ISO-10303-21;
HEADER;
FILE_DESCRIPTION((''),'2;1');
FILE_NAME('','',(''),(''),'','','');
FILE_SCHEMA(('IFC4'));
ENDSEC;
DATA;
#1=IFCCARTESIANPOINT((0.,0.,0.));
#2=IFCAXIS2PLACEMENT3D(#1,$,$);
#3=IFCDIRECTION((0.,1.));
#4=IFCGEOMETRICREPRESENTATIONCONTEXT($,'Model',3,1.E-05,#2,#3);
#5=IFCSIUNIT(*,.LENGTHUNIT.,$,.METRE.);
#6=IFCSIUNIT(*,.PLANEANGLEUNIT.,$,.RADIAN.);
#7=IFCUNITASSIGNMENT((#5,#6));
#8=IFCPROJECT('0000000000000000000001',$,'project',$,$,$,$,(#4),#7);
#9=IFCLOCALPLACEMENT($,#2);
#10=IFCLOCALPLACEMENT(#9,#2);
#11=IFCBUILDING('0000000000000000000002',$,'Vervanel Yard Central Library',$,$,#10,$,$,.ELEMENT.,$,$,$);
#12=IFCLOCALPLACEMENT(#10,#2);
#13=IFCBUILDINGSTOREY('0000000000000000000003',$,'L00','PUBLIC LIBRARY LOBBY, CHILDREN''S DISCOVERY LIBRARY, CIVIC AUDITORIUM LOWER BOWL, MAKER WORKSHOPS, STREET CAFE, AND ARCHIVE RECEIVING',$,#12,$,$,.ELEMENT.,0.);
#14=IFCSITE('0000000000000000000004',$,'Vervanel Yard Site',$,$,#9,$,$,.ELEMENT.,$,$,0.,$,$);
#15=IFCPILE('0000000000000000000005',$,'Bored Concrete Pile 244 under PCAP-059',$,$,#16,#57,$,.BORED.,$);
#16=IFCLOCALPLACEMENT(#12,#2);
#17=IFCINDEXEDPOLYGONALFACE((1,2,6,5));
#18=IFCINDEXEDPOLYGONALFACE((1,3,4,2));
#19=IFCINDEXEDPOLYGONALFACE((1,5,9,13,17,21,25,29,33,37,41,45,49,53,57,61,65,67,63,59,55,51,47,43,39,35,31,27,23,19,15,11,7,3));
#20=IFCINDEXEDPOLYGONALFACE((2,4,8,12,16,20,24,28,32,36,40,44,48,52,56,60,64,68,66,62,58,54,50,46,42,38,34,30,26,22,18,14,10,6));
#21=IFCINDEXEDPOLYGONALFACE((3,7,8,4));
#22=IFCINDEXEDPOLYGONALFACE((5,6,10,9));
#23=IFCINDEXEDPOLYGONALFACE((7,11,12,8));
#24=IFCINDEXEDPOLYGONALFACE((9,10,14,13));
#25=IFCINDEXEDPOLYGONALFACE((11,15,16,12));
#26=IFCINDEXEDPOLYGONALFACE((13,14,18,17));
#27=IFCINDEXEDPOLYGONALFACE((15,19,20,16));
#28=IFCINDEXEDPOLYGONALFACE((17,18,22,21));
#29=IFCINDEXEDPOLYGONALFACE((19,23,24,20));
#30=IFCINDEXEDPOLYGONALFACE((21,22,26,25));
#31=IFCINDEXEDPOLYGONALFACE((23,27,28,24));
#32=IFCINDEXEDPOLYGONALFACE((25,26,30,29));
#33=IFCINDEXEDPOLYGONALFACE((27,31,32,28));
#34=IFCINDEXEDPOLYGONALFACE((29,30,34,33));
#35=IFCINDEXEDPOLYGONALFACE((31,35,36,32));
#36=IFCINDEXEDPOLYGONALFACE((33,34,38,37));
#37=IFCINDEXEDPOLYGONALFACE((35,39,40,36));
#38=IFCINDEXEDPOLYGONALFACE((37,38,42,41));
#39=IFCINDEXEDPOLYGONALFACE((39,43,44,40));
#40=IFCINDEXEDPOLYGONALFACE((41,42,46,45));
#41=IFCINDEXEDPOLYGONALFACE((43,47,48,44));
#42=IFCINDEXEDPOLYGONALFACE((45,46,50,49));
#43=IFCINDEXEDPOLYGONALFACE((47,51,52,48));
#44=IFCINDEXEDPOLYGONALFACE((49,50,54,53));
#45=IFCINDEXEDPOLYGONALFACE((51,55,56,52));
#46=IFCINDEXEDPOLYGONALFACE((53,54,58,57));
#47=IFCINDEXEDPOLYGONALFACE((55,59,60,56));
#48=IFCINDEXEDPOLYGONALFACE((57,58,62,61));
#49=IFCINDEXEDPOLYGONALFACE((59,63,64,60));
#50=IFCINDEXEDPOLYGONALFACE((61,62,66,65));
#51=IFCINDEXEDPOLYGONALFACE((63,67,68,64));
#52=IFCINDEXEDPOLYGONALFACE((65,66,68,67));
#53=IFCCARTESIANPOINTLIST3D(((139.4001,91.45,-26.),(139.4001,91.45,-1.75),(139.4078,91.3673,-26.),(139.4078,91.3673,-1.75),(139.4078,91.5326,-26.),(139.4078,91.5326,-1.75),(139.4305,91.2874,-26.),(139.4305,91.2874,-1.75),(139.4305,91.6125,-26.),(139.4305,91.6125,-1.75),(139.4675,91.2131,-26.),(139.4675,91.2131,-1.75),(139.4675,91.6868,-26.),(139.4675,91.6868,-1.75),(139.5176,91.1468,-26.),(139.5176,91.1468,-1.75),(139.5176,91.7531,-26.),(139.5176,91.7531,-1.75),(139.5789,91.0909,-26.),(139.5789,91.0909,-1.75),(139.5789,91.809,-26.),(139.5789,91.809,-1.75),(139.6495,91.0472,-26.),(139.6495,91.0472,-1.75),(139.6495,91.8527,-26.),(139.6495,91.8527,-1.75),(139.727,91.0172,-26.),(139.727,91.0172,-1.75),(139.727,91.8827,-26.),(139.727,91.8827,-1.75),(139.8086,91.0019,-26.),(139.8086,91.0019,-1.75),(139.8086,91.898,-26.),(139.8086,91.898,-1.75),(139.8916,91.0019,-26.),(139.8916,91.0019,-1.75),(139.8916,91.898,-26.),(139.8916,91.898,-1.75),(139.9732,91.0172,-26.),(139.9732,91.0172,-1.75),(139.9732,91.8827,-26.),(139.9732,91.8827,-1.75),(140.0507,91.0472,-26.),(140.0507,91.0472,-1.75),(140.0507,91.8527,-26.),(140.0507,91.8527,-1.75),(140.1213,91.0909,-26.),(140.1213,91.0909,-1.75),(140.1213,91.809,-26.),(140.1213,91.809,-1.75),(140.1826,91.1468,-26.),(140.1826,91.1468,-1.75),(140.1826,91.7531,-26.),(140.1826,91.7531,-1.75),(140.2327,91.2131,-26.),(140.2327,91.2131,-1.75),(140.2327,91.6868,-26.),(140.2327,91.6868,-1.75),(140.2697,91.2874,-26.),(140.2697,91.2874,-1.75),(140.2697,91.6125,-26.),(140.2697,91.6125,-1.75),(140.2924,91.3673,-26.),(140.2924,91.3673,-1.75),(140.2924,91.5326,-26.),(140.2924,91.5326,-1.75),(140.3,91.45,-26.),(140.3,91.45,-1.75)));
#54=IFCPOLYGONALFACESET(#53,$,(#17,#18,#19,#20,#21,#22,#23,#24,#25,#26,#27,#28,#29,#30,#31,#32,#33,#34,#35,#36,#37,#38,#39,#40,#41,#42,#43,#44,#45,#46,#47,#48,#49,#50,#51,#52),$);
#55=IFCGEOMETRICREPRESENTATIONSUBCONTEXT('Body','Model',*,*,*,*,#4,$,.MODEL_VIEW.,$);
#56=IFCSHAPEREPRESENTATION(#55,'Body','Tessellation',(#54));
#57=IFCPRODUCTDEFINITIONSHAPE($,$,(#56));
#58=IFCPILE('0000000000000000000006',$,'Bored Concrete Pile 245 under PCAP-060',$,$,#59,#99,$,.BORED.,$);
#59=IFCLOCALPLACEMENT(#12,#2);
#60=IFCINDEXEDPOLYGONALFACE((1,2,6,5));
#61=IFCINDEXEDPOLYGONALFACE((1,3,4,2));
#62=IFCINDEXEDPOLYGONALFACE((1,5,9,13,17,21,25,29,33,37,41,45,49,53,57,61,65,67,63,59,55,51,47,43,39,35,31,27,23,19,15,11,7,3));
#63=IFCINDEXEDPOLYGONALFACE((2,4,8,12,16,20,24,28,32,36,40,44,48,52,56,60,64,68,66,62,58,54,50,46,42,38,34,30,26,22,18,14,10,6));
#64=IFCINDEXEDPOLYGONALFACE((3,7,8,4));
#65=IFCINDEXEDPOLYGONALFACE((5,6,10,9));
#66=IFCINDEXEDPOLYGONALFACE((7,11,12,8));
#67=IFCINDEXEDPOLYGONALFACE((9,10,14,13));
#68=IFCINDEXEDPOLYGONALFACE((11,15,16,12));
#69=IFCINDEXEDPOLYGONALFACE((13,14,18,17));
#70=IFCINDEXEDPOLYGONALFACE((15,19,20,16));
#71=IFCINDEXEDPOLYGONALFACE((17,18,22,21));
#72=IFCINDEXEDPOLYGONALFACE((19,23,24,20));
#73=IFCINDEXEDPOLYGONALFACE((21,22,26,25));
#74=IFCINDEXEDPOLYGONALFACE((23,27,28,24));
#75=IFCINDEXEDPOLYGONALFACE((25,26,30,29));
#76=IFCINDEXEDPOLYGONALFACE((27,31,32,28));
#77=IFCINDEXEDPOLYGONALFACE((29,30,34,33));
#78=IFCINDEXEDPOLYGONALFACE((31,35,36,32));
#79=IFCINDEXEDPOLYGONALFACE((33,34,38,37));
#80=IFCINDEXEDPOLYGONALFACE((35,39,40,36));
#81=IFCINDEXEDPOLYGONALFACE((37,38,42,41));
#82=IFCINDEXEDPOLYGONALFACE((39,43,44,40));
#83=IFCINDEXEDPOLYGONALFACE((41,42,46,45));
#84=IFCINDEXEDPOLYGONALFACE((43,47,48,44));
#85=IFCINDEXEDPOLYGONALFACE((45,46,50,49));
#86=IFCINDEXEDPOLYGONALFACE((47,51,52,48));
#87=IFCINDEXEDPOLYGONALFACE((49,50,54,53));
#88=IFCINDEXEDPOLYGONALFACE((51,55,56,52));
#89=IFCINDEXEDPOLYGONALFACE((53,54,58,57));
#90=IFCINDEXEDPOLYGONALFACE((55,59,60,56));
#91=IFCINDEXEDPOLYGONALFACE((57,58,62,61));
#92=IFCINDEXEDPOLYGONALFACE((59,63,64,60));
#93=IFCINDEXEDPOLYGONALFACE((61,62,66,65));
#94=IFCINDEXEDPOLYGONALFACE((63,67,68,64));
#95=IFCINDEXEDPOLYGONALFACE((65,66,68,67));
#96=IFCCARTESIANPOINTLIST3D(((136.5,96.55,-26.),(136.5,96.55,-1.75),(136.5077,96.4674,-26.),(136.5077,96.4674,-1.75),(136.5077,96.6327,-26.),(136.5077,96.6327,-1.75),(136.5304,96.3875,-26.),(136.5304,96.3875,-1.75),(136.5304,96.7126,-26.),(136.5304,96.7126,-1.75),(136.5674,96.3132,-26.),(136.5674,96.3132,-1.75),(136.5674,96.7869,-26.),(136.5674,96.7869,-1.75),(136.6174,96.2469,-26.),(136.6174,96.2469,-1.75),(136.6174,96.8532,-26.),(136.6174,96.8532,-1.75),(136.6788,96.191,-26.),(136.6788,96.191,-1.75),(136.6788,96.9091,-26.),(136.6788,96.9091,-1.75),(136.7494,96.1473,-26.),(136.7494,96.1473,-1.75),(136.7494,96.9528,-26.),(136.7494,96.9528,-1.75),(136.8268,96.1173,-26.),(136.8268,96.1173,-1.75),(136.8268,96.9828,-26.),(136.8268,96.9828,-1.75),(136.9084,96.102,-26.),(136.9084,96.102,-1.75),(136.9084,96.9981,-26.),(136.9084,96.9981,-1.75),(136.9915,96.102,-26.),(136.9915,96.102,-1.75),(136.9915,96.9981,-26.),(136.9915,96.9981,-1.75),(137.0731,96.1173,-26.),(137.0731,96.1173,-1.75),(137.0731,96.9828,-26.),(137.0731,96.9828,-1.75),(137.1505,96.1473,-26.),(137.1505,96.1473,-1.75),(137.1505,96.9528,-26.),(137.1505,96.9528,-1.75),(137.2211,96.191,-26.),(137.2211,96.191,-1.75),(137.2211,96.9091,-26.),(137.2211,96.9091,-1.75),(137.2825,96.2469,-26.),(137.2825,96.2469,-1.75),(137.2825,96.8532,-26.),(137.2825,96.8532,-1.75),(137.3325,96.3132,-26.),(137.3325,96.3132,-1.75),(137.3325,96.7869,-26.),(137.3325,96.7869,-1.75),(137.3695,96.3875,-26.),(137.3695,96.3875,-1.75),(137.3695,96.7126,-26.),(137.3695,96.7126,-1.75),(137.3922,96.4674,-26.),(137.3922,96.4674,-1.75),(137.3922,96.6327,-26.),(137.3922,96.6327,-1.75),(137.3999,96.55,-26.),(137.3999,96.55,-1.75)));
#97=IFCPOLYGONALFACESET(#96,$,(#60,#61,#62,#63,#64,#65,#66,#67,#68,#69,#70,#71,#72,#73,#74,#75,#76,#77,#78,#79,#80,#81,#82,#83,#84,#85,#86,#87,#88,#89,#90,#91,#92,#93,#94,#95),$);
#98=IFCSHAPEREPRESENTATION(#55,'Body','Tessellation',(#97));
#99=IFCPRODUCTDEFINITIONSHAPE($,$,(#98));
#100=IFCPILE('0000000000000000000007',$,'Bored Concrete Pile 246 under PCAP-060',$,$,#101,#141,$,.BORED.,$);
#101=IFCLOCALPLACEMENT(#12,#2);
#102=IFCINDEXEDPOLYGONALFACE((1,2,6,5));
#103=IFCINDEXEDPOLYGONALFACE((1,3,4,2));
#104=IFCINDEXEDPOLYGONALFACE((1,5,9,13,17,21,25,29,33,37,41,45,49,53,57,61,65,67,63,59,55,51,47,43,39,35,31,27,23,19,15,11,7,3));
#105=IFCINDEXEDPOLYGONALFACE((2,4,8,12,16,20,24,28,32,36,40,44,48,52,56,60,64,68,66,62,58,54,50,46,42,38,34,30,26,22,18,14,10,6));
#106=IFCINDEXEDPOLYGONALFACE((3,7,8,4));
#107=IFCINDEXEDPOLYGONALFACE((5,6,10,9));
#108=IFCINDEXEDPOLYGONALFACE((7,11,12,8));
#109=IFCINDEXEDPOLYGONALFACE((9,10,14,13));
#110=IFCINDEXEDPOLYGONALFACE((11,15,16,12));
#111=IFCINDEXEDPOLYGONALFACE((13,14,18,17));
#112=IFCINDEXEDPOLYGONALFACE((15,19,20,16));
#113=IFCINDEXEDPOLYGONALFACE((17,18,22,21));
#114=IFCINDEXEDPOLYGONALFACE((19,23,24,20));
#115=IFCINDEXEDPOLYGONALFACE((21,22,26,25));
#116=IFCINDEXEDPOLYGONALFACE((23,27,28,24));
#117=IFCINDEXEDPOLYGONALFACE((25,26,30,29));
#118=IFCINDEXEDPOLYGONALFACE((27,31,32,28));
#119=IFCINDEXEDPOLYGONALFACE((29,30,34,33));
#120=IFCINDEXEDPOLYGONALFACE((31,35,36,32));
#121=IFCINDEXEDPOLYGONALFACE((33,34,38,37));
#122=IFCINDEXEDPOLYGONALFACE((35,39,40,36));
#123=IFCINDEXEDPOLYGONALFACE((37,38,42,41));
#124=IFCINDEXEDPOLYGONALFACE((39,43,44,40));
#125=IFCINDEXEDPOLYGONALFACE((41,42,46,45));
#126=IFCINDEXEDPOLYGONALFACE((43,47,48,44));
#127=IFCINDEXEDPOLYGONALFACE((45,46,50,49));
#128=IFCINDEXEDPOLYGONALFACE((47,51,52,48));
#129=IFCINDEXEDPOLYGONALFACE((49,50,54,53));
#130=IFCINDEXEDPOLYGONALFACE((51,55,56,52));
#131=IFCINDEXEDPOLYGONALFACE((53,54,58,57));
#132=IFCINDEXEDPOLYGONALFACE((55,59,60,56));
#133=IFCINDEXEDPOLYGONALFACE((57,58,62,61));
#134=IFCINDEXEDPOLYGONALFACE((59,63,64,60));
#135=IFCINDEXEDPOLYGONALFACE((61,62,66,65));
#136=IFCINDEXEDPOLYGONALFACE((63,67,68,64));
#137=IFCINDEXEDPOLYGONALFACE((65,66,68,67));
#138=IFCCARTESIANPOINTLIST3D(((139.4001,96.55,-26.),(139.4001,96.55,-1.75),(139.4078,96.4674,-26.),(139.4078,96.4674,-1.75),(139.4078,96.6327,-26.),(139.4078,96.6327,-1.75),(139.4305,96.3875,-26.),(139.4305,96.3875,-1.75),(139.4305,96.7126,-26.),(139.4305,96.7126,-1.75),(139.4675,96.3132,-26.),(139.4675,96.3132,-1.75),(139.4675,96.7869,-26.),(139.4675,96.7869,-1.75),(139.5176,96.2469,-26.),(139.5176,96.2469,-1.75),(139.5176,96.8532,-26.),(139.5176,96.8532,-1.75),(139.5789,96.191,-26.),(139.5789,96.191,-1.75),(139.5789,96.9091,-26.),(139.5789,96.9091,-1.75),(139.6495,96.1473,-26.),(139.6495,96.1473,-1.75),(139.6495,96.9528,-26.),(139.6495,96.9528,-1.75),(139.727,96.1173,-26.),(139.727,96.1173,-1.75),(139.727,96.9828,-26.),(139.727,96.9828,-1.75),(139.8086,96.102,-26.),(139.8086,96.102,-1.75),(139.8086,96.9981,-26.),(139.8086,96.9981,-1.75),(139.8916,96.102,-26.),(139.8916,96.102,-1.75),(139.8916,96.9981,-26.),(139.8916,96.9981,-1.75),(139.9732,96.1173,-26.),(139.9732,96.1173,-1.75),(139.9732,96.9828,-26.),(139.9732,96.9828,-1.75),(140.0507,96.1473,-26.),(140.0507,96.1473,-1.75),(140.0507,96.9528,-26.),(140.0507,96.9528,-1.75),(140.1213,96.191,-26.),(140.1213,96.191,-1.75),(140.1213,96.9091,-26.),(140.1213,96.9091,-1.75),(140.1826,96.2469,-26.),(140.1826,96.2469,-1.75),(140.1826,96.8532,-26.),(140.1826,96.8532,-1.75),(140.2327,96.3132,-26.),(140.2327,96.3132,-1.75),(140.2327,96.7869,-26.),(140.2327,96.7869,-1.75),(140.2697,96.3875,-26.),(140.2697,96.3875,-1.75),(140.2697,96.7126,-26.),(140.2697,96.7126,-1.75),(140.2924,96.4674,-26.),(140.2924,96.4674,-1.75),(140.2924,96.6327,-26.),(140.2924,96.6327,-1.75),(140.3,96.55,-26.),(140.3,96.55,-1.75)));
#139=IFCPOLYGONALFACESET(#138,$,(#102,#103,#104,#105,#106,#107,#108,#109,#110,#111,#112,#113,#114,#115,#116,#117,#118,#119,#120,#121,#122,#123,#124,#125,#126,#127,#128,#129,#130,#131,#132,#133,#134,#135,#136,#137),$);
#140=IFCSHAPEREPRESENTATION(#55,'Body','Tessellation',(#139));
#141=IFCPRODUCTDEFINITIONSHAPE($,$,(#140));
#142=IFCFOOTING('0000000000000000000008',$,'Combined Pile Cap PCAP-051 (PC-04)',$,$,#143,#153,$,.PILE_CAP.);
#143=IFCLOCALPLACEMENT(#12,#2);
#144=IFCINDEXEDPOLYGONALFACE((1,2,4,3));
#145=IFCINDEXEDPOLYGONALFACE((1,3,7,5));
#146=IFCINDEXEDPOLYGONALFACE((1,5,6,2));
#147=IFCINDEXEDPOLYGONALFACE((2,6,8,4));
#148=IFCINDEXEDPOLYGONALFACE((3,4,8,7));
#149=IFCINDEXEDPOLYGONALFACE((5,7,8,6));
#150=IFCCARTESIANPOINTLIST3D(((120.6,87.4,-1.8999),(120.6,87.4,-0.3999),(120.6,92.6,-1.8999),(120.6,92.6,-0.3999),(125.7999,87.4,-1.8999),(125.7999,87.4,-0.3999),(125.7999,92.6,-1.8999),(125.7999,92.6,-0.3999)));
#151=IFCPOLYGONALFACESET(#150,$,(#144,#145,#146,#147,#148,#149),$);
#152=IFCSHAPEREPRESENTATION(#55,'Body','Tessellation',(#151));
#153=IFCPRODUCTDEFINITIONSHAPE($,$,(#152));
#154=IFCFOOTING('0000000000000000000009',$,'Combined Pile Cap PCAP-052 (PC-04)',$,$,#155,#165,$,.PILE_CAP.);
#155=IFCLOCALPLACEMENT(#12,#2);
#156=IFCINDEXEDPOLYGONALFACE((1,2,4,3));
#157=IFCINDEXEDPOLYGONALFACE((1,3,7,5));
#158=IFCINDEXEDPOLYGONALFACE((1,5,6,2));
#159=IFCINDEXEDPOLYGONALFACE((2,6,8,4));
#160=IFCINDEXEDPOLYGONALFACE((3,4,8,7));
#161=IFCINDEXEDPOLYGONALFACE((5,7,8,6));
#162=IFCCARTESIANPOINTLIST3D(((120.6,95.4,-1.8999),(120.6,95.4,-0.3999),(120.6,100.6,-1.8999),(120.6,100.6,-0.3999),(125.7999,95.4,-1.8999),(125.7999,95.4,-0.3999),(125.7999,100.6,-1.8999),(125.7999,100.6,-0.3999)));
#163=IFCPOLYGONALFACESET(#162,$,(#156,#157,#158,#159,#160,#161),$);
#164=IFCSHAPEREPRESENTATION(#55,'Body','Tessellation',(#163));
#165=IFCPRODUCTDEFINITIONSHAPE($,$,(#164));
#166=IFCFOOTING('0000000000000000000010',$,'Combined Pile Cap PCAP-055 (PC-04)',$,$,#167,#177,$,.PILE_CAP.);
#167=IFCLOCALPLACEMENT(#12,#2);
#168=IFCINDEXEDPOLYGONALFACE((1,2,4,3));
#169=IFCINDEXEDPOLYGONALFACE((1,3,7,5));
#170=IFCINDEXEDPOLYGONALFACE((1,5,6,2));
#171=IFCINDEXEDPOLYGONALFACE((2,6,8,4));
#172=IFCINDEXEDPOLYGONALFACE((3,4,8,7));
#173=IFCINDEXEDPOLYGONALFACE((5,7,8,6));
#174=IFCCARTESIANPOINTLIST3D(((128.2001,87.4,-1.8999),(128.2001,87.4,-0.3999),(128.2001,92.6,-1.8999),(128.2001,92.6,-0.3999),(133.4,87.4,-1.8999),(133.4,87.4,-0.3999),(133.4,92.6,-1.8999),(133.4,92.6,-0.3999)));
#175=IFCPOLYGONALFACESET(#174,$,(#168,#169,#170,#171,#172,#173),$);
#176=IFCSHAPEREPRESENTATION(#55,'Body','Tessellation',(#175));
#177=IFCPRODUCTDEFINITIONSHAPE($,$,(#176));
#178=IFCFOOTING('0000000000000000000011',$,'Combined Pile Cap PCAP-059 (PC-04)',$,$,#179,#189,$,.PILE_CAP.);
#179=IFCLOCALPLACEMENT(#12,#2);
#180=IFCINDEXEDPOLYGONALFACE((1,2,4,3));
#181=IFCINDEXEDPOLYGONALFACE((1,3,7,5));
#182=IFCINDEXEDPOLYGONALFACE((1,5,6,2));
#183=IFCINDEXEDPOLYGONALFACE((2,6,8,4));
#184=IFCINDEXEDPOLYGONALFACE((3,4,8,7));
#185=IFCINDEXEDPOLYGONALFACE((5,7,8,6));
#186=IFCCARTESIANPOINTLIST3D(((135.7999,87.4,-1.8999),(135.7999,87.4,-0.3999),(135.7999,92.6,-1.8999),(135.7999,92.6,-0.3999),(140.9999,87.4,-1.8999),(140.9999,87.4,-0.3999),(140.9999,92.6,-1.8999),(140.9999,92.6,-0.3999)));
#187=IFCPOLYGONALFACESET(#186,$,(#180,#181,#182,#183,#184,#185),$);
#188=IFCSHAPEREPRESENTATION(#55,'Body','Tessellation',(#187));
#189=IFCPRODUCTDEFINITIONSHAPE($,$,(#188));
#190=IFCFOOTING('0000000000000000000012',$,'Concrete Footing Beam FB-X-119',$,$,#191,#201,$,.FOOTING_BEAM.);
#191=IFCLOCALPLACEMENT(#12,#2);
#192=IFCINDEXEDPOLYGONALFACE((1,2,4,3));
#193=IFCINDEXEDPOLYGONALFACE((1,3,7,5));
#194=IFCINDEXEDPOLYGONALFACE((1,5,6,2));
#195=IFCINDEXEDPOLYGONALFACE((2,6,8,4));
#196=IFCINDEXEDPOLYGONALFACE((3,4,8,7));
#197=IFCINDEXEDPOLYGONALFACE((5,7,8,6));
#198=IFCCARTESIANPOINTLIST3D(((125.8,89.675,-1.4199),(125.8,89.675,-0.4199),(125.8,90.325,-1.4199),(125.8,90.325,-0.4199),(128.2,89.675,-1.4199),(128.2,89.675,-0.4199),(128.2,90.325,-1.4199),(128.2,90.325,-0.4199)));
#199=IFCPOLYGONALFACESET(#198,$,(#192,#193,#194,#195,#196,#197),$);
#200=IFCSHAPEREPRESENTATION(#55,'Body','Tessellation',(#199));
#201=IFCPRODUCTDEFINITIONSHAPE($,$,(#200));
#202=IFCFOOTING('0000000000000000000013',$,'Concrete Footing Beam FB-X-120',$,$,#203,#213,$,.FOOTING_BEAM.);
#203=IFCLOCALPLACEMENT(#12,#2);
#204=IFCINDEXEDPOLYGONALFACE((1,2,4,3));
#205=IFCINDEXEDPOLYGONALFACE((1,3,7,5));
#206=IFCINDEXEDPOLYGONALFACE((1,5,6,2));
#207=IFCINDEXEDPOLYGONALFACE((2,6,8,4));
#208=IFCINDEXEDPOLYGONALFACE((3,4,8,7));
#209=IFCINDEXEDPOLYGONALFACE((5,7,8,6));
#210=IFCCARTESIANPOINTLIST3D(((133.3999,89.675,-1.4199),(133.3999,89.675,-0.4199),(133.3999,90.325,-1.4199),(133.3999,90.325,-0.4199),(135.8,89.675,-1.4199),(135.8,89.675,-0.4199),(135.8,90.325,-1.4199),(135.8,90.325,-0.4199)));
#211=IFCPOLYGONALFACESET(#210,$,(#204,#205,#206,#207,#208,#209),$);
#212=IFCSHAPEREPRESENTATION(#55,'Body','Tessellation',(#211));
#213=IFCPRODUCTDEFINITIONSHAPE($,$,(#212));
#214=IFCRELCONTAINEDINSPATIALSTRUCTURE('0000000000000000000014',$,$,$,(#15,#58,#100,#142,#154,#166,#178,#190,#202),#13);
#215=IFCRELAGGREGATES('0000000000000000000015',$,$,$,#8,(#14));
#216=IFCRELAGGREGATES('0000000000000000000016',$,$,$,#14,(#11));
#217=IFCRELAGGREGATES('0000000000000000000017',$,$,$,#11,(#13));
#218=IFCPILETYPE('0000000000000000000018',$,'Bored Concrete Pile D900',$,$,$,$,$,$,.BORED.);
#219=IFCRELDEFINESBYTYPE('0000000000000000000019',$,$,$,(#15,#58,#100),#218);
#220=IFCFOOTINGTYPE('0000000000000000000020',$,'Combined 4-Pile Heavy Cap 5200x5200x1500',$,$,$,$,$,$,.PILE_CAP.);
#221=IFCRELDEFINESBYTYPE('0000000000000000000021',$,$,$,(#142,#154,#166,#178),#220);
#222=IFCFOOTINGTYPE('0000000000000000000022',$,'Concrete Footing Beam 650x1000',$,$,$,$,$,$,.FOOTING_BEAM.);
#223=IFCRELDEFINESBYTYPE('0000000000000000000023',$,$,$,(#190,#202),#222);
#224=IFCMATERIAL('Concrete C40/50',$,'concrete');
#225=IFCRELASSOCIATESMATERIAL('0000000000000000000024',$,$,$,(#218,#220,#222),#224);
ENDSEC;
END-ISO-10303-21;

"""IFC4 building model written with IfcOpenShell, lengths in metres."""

from ifc_helpers import new_model, si_unit, direction, frame, origin, origin_2d, place, context, subcontext, project, spatial, rectangle, circle, extrude, material, material_profile, profile_set, type_object, element, save


model = new_model("IFC4")

# Units and contexts
model_context = context("Model", 3, precision=1e-05, world=origin(), true_north=direction((0.0, 1.0)))
body_context = subcontext(model_context, "Body", "Model", "MODEL_VIEW")
ifc_project = project(units=[si_unit("LENGTHUNIT", "METRE"), si_unit("PLANEANGLEUNIT", "RADIAN")], contexts=[model_context])

# Site, building, storey
site_placement = place(None, origin())
site = spatial("IfcSite", under=ifc_project, at=site_placement, Name="Vervanel Yard Site", CompositionType="ELEMENT", RefElevation=0.0)
building_placement = place(site_placement, origin())
building = spatial("IfcBuilding", under=site, at=building_placement, Name="Vervanel Yard Central Library", CompositionType="ELEMENT")
storey_placement = place(building_placement, origin())
storey = spatial("IfcBuildingStorey", under=building, at=storey_placement, Name="L00", Description="PUBLIC LIBRARY LOBBY, CHILDREN'S DISCOVERY LIBRARY, CIVIC AUDITORIUM LOWER BOWL, MAKER WORKSHOPS, STREET CAFE, AND ARCHIVE RECEIVING", CompositionType="ELEMENT", Elevation=0.0)

# Piles
ifc_material_1 = material(Name="Concrete C40/50", Category="concrete")
ifc_material_profile_1 = material_profile(ifc_material_1, circle(Radius=0.45, at=origin_2d()), Name="BP D900", Category="concrete")
ifc_profile_set_1 = profile_set([ifc_material_profile_1], Name="Concrete C40/50")
pile_type = type_object("IfcPileType", Name="Bored Concrete Pile D900", PredefinedType="BORED", material=ifc_profile_set_1)
for number, where, z_axis, x_axis, name in (
    (1, (139.8501, 91.45, -1.75), (0.0, 0.0, -1.0), (1.0, 0.0, 0.0), "Bored Concrete Pile 244 under PCAP-059"),
    (2, (136.95, 96.55, -1.75), (0.0, 0.0, -1.0), (1.0, 0.0, 0.0), "Bored Concrete Pile 245 under PCAP-060"),
    (3, (139.8501, 96.55, -1.75), (0.0, 0.0, -1.0), (1.0, 0.0, 0.0), "Bored Concrete Pile 246 under PCAP-060"),
):
    element("IfcPile", number, at=place(storey_placement, frame(where, z_axis=z_axis, x_axis=x_axis)), inside=storey, type_object=pile_type, Name=name, PredefinedType="BORED", context=body_context, shape_type="SweptSolid", body=[
        extrude(circle(Radius=0.45, at=origin_2d()), origin(), (0.0, 0.0, 1.0), 24.25),
    ])

# Footings
footing_type_1 = type_object("IfcFootingType", Name="Combined 4-Pile Heavy Cap 5200x5200x1500", PredefinedType="PILE_CAP", material=ifc_material_1)
for number, where, z_axis, x_axis, name in (
    (4, (123.2, 90.0, -1.8999), (0.0, 0.0, 1.0), (1.0, 0.0, 0.0), "Combined Pile Cap PCAP-051 (PC-04)"),
    (5, (123.2, 98.0, -1.8999), (0.0, 0.0, 1.0), (1.0, 0.0, 0.0), "Combined Pile Cap PCAP-052 (PC-04)"),
    (6, (130.8, 90.0, -1.8999), (0.0, 0.0, 1.0), (1.0, 0.0, 0.0), "Combined Pile Cap PCAP-055 (PC-04)"),
    (7, (138.3999, 90.0, -1.8999), (0.0, 0.0, 1.0), (1.0, 0.0, 0.0), "Combined Pile Cap PCAP-059 (PC-04)"),
):
    element("IfcFooting", number, at=place(storey_placement, frame(where, z_axis=z_axis, x_axis=x_axis)), inside=storey, type_object=footing_type_1, Name=name, PredefinedType="PILE_CAP", context=body_context, shape_type="SweptSolid", body=[
        extrude(rectangle(XDim=5.2, YDim=5.2, at=origin_2d()), origin(), (0.0, 0.0, 1.0), 1.5),
    ])
ifc_material_profile_2 = material_profile(ifc_material_1, rectangle(XDim=0.6499, YDim=1.0, at=origin_2d()), Name="RC 650x1000", Category="concrete")
ifc_profile_set_2 = profile_set([ifc_material_profile_2], Name="Concrete C40/50")
footing_type_2 = type_object("IfcFootingType", Name="Concrete Footing Beam 650x1000", PredefinedType="FOOTING_BEAM", material=ifc_profile_set_2)
footing_1_placement = place(storey_placement, frame((125.8, 90.0, -0.9199), z_axis=(1.0, 0.0, 0.0), x_axis=(0.0, 1.0, 0.0)))
element("IfcFooting", 8, at=footing_1_placement, inside=storey, type_object=footing_type_2, Name="Concrete Footing Beam FB-X-119", PredefinedType="FOOTING_BEAM", context=body_context, shape_type="SweptSolid", body=[
    extrude(rectangle(XDim=0.6499, YDim=1.0, at=origin_2d()), origin(), (0.0, 0.0, 1.0), 2.3999),
])
footing_2_placement = place(storey_placement, frame((133.3999, 90.0, -0.9199), z_axis=(1.0, 0.0, 0.0), x_axis=(0.0, 1.0, 0.0)))
element("IfcFooting", 9, at=footing_2_placement, inside=storey, type_object=footing_type_2, Name="Concrete Footing Beam FB-X-120", PredefinedType="FOOTING_BEAM", context=body_context, shape_type="SweptSolid", body=[
    extrude(rectangle(XDim=0.6499, YDim=1.0, at=origin_2d()), origin(), (0.0, 0.0, 1.0), 2.4001),
])

save(model, "model.ifc")
